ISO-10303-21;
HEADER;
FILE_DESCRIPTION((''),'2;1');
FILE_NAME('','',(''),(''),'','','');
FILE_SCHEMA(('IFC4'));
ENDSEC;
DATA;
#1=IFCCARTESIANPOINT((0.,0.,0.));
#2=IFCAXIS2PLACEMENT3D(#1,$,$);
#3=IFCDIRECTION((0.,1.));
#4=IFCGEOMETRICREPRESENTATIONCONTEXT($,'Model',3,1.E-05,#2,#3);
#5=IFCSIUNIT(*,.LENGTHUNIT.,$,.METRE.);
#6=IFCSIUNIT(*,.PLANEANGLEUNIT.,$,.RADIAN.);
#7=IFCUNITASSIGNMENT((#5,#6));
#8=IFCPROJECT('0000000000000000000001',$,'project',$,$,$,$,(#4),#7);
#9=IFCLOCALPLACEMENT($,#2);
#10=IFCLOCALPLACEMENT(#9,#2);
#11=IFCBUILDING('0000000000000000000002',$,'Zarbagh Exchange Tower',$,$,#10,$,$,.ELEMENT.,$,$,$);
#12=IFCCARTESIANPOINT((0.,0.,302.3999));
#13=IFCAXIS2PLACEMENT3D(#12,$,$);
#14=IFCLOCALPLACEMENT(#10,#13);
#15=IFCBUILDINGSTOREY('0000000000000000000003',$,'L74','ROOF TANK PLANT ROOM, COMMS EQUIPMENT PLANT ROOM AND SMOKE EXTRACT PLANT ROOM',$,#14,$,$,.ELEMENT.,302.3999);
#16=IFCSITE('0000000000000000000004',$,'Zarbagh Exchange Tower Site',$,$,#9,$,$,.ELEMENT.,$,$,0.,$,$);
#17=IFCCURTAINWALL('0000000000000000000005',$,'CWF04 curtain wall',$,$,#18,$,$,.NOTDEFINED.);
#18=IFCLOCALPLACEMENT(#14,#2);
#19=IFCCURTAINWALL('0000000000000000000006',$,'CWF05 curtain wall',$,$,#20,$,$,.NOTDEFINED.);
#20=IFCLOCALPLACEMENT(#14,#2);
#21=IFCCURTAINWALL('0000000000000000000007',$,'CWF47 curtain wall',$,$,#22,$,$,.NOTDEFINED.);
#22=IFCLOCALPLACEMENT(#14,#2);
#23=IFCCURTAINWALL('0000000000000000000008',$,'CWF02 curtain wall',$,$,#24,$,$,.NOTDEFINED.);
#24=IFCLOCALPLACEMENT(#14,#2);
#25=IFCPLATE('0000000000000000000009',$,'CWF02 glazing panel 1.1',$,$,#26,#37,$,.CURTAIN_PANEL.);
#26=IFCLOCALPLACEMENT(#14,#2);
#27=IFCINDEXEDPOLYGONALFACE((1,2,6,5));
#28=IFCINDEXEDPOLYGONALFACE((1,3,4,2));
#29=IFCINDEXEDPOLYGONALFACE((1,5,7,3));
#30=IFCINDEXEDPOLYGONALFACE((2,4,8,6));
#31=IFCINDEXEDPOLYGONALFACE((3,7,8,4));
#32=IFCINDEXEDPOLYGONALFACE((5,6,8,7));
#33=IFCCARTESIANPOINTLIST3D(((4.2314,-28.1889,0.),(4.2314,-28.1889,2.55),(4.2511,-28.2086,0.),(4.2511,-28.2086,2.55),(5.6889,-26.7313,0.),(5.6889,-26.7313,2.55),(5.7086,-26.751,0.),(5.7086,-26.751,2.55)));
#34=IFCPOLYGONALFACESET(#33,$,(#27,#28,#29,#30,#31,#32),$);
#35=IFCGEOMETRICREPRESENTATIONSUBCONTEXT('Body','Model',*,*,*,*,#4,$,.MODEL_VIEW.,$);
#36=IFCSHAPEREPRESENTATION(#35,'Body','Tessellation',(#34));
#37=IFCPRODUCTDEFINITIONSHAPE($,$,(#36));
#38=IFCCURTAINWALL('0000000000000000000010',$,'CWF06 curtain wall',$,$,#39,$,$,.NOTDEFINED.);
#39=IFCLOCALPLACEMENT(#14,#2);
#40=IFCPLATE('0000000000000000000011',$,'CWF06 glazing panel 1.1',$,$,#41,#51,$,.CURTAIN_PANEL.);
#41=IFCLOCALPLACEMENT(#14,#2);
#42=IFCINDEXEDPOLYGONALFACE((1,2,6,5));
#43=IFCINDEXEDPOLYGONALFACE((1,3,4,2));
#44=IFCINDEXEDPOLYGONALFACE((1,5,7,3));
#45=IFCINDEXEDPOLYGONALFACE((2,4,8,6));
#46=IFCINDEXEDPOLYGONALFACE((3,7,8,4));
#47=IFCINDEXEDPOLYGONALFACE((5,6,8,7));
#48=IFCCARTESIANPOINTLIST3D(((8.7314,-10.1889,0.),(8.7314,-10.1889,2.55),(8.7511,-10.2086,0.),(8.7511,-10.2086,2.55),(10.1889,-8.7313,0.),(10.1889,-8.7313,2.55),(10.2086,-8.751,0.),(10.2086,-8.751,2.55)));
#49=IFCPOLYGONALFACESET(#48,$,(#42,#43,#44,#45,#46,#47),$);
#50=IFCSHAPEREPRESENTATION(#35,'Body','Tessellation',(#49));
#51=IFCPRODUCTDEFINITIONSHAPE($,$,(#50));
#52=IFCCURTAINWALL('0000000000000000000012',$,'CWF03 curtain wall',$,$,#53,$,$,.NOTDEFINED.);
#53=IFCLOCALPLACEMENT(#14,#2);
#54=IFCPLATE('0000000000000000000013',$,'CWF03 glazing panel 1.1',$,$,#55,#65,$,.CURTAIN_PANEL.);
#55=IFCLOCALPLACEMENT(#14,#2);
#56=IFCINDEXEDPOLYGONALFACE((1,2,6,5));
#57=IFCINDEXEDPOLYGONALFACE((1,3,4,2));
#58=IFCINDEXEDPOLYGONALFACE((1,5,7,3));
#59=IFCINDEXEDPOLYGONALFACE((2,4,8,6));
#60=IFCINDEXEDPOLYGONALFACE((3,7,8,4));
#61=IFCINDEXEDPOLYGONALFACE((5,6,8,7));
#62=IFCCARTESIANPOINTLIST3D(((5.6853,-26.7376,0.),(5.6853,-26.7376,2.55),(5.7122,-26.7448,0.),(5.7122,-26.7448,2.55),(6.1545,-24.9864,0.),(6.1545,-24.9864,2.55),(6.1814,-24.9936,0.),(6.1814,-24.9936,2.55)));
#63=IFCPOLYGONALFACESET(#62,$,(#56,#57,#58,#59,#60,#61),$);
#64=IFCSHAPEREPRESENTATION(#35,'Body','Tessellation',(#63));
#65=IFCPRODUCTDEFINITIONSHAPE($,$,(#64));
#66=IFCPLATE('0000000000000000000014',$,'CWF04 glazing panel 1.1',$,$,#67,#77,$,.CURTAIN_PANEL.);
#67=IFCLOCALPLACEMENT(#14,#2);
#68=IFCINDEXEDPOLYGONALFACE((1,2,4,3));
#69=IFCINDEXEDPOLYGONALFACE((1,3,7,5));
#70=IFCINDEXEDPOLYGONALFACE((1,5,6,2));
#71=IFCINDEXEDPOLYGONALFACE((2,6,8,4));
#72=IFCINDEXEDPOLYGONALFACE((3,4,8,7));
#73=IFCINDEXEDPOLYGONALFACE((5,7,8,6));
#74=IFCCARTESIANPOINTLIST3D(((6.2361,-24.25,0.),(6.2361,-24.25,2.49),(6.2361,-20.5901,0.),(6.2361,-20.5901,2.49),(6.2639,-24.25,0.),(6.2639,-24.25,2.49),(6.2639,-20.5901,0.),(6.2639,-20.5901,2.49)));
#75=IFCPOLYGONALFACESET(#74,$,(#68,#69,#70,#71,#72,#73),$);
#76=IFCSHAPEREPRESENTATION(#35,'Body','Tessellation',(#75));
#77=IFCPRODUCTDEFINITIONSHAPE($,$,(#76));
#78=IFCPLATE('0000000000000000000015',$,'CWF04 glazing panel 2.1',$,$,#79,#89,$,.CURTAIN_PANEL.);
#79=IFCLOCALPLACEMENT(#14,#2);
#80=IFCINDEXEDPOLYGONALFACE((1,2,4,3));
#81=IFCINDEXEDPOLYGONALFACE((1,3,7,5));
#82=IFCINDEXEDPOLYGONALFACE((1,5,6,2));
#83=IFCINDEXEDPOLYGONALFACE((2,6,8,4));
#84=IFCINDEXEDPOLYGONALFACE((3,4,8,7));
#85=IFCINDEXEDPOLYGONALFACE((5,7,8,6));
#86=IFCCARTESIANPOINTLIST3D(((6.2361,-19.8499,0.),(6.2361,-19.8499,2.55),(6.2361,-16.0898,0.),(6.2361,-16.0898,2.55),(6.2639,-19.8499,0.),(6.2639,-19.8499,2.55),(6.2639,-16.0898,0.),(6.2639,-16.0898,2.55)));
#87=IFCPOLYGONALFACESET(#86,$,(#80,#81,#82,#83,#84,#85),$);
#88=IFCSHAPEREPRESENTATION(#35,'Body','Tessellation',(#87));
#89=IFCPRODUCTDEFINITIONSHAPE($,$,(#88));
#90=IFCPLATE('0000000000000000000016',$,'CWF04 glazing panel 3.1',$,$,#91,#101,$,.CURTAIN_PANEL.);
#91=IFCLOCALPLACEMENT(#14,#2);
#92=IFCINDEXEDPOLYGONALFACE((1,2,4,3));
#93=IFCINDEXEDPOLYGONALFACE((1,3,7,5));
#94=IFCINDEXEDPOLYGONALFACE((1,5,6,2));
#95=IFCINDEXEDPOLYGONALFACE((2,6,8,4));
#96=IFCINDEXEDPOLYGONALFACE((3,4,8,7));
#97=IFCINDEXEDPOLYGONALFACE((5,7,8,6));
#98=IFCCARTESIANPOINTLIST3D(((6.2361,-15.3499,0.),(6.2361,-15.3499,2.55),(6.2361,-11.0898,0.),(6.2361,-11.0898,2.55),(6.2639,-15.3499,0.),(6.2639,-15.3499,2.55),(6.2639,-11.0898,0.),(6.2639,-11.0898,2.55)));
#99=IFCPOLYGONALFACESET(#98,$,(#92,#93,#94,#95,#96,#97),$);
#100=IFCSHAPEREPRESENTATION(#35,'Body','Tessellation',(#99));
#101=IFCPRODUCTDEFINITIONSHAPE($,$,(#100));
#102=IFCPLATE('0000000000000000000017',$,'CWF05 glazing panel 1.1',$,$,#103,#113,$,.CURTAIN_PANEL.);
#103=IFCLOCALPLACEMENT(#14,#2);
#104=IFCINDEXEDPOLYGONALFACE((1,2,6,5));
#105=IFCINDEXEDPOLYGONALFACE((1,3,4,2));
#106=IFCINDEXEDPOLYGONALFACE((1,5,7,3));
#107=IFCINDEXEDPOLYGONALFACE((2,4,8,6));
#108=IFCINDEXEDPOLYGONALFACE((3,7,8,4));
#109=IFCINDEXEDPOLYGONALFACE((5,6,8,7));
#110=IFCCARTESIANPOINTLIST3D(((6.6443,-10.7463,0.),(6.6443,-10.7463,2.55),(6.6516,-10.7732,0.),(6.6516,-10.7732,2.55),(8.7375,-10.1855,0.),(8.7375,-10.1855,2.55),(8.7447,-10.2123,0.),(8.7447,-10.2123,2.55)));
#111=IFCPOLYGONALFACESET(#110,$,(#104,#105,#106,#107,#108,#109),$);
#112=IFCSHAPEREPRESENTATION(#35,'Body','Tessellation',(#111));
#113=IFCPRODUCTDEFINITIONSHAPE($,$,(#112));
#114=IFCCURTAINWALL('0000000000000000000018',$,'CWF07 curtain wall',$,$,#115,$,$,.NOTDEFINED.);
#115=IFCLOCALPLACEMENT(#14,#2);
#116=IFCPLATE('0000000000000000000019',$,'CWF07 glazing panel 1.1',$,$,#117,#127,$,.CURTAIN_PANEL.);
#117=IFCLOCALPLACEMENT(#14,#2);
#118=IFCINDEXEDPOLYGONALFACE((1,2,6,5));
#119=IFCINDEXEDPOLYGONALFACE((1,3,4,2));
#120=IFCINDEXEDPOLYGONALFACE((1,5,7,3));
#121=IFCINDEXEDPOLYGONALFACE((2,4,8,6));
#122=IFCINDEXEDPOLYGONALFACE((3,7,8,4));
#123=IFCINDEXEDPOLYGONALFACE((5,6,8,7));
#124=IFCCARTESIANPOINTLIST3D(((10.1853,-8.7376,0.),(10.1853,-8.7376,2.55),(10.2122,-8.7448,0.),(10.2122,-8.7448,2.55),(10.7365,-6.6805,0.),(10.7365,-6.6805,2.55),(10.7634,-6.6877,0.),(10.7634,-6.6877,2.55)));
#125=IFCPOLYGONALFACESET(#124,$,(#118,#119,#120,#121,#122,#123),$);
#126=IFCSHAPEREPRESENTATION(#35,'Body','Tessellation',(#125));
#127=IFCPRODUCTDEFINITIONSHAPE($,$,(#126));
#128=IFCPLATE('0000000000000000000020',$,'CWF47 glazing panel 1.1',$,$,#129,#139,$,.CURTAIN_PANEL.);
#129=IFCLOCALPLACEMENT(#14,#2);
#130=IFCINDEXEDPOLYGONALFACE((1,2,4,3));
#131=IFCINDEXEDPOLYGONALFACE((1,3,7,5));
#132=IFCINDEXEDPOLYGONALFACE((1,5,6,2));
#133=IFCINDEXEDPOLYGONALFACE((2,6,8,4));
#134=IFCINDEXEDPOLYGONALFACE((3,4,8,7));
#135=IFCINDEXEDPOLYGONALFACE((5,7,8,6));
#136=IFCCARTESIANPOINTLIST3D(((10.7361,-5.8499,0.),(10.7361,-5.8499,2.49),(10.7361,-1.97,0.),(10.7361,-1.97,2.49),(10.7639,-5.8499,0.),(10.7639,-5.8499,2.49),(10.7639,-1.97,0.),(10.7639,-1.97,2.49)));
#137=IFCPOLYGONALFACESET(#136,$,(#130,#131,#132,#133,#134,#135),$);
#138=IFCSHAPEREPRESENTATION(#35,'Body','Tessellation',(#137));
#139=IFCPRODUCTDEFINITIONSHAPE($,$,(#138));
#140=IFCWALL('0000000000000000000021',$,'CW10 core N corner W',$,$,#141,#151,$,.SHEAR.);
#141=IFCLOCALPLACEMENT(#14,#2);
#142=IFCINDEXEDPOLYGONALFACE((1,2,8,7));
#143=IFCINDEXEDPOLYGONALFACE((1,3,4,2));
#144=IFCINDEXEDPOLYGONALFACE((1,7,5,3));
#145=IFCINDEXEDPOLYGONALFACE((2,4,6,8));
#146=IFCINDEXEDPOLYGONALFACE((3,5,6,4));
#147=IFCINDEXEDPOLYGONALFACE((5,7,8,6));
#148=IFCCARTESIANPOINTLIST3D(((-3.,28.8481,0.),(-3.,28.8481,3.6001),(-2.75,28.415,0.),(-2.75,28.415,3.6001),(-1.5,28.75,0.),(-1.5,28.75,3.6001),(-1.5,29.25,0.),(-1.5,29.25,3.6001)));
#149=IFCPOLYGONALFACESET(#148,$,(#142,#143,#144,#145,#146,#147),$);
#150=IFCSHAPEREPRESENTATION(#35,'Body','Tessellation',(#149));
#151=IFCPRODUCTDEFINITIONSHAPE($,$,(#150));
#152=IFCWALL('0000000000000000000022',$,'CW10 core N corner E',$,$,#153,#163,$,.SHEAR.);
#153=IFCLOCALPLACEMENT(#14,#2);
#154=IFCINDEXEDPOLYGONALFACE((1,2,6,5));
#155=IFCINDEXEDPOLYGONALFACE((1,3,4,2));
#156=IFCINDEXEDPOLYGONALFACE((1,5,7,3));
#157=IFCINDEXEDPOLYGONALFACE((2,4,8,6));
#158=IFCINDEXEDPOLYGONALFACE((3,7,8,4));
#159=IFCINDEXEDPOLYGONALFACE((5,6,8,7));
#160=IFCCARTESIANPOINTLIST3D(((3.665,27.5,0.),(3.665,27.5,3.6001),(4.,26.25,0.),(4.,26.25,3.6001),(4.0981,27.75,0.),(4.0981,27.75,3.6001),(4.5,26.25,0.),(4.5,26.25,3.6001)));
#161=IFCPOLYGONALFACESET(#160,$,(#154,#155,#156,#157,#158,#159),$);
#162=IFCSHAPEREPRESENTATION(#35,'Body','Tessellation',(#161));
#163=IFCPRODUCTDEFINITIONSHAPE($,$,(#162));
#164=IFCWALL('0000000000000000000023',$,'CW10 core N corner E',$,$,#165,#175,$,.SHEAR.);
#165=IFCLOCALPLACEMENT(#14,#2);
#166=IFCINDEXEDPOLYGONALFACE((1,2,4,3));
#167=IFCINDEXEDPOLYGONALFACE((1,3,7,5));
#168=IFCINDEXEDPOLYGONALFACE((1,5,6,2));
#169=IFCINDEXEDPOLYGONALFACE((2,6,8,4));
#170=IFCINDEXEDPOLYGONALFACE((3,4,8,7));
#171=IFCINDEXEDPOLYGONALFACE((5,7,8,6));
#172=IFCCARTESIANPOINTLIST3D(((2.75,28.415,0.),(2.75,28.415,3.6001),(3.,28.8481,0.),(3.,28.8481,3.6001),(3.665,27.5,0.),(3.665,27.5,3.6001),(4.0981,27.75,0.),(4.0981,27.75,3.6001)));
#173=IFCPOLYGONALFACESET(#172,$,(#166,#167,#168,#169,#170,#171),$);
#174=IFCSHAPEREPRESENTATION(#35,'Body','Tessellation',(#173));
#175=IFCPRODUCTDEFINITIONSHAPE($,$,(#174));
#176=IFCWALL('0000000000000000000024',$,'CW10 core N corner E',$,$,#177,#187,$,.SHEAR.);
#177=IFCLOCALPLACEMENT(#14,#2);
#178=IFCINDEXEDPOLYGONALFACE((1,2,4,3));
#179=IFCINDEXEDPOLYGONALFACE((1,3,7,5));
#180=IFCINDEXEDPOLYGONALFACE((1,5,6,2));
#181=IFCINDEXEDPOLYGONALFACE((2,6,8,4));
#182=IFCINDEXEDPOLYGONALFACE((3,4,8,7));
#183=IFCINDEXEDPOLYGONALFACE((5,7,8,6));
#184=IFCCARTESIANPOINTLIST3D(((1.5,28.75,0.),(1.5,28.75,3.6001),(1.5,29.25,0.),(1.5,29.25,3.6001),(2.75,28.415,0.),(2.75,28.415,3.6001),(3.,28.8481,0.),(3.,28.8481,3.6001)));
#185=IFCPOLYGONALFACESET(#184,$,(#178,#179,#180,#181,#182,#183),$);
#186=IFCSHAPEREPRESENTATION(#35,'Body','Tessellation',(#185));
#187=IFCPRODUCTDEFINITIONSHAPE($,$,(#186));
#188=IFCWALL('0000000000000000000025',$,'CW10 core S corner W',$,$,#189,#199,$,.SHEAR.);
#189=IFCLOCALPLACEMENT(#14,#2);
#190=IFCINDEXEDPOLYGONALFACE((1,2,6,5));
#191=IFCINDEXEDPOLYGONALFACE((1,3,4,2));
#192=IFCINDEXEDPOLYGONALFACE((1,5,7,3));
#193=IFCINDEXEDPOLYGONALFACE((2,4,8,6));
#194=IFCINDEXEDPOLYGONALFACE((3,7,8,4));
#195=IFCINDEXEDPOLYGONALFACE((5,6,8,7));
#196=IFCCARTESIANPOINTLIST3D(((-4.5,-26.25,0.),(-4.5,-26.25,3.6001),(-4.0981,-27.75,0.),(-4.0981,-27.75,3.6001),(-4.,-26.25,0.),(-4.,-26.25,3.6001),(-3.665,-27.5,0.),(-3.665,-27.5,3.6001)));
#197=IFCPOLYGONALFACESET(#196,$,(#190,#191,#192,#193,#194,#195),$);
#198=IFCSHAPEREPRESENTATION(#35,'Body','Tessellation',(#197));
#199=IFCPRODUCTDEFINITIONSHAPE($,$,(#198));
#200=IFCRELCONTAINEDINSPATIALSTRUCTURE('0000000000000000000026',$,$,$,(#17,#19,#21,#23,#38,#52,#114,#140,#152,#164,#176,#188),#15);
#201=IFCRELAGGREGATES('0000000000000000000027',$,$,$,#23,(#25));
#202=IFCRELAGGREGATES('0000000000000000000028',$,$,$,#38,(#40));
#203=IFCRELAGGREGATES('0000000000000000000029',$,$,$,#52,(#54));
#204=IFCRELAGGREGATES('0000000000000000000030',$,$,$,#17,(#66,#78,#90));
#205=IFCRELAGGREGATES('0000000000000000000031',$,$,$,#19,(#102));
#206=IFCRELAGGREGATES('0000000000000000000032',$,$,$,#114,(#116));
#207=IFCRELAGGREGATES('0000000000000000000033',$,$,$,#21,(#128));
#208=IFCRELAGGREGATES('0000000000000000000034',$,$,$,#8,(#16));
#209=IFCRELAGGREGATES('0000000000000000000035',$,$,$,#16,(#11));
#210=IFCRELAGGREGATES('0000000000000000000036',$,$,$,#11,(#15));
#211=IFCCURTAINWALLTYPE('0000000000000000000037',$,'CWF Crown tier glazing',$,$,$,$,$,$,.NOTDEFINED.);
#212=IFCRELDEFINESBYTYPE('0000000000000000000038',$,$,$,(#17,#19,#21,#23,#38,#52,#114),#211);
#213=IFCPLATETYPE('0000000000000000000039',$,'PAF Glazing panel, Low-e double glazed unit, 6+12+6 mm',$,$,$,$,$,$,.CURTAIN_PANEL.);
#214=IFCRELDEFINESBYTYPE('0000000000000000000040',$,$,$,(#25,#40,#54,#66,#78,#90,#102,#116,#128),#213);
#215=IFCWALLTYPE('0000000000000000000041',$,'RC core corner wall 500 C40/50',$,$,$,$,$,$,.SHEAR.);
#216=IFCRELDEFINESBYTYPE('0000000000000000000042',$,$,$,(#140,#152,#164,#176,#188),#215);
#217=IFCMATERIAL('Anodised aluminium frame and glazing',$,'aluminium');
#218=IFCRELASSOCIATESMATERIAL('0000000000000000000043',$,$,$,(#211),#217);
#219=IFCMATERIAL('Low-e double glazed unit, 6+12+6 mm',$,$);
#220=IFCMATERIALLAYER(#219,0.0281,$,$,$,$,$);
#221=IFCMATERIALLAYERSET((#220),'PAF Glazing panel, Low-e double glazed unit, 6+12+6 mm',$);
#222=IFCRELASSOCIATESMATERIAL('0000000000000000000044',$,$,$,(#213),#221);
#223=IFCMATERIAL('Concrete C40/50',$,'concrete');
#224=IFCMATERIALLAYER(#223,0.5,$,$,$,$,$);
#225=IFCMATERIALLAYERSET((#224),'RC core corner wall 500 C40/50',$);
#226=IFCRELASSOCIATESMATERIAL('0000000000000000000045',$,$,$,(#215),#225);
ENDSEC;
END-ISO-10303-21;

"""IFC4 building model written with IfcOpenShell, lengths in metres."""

from ifc_helpers import new_model, si_unit, direction, frame, origin, place, context, subcontext, project, spatial, polyline, outline, extrude, source, transform, mapped, material, layer, layer_set, type_object, element, aggregate, save


model = new_model("IFC4")

# Units and contexts
model_context = context("Model", 3, precision=1e-05, world=origin(), true_north=direction((0.0, 1.0)))
body_context = subcontext(model_context, "Body", "Model", "MODEL_VIEW")
ifc_project = project(units=[si_unit("LENGTHUNIT", "METRE"), si_unit("PLANEANGLEUNIT", "RADIAN")], contexts=[model_context])

# Site, building, storey
site_placement = place(None, origin())
site = spatial("IfcSite", under=ifc_project, at=site_placement, Name="Zarbagh Exchange Tower Site", CompositionType="ELEMENT", RefElevation=0.0)
building_placement = place(site_placement, origin())
building = spatial("IfcBuilding", under=site, at=building_placement, Name="Zarbagh Exchange Tower", CompositionType="ELEMENT")
storey_placement = place(building_placement, frame((0.0, 0.0, 302.3999)))
storey = spatial("IfcBuildingStorey", under=building, at=storey_placement, Name="L74", Description="ROOF TANK PLANT ROOM, COMMS EQUIPMENT PLANT ROOM AND SMOKE EXTRACT PLANT ROOM", CompositionType="ELEMENT", Elevation=302.3999)

# Curtain wall
ifc_material_1 = material(Name="Anodised aluminium frame and glazing", Category="aluminium")
curtain_wall_type = type_object("IfcCurtainWallType", Name="CWF Crown tier glazing", PredefinedType="NOTDEFINED", material=ifc_material_1)
curtain_wall_1_placement = place(storey_placement, origin())
curtain_wall_1 = element("IfcCurtainWall", 1, at=curtain_wall_1_placement, inside=storey, type_object=curtain_wall_type, Name="CWF04 curtain wall", PredefinedType="NOTDEFINED")
placement = place(storey_placement, origin())

# Curtain wall
curtain_wall_2_placement = place(storey_placement, origin())
curtain_wall_2 = element("IfcCurtainWall", 2, at=curtain_wall_2_placement, inside=storey, type_object=curtain_wall_type, Name="CWF05 curtain wall", PredefinedType="NOTDEFINED")

# Curtain wall
curtain_wall_3_placement = place(storey_placement, origin())
curtain_wall_3 = element("IfcCurtainWall", 3, at=curtain_wall_3_placement, inside=storey, type_object=curtain_wall_type, Name="CWF47 curtain wall", PredefinedType="NOTDEFINED")

# Shared definitions
ifc_material_2 = material(Name="Concrete C40/50", Category="concrete")

# Shared definitions
ifc_material_3 = material(Name="Low-e double glazed unit, 6+12+6 mm")
ifc_layer_1 = layer(ifc_material_3, 0.0281)
ifc_layer_set_1 = layer_set([ifc_layer_1], Name="PAF Glazing panel, Low-e double glazed unit, 6+12+6 mm")
plate_type = type_object("IfcPlateType", Name="PAF Glazing panel, Low-e double glazed unit, 6+12+6 mm", PredefinedType="CURTAIN_PANEL", material=ifc_layer_set_1)

# Curtain walls, plates
curtain_wall_4_placement = place(storey_placement, origin())
curtain_wall_4 = element("IfcCurtainWall", 4, at=curtain_wall_4_placement, inside=storey, type_object=curtain_wall_type, Name="CWF02 curtain wall", PredefinedType="NOTDEFINED")
shared_shape_1 = source(origin(), body_context, "Body", "SweptSolid", [
    extrude(outline(polyline([(0.0, -0.0139), (2.0613, -0.0139), (2.0613, 0.0139), (0.0, 0.0139), (0.0, -0.0139)])), origin(), (0.0, 0.0, 1.0), 2.55),
])
plate_1 = element("IfcPlate", 5, at=placement, type_object=plate_type, Name="CWF02 glazing panel 1.1", PredefinedType="CURTAIN_PANEL", context=body_context, shape_type="MappedRepresentation", body=[
    mapped(shared_shape_1, transform((4.2412, -28.1987, 0.0), x_axis=(0.707107, 0.707107, 0.0), y_axis=(-0.707107, 0.707107, 0.0), z_axis=(0.0, 0.0, 1.0))),
])
aggregate(curtain_wall_4, [plate_1])
curtain_wall_5_placement = place(storey_placement, origin())
curtain_wall_5 = element("IfcCurtainWall", 6, at=curtain_wall_5_placement, inside=storey, type_object=curtain_wall_type, Name="CWF06 curtain wall", PredefinedType="NOTDEFINED")
plate_2 = element("IfcPlate", 7, at=placement, type_object=plate_type, Name="CWF06 glazing panel 1.1", PredefinedType="CURTAIN_PANEL", context=body_context, shape_type="MappedRepresentation", body=[
    mapped(shared_shape_1, transform((8.7412, -10.1987, 0.0), x_axis=(0.707107, 0.707107, 0.0), y_axis=(-0.707107, 0.707107, 0.0), z_axis=(0.0, 0.0, 1.0))),
])
aggregate(curtain_wall_5, [plate_2])
curtain_wall_6_placement = place(storey_placement, origin())
curtain_wall_6 = element("IfcCurtainWall", 8, at=curtain_wall_6_placement, inside=storey, type_object=curtain_wall_type, Name="CWF03 curtain wall", PredefinedType="NOTDEFINED")
shared_shape_2 = source(origin(), body_context, "Body", "SweptSolid", [
    extrude(outline(polyline([(0.0, -0.0139), (1.813, -0.0139), (1.813, 0.0139), (0.0, 0.0139), (0.0, -0.0139)])), origin(), (0.0, 0.0, 1.0), 2.55),
])
plate_3 = element("IfcPlate", 9, at=placement, type_object=plate_type, Name="CWF03 glazing panel 1.1", PredefinedType="CURTAIN_PANEL", context=body_context, shape_type="MappedRepresentation", body=[
    mapped(shared_shape_2, transform((5.6987, -26.7412, 0.0), x_axis=(0.258825, 0.965924, 0.0), y_axis=(-0.965924, 0.258825, 0.0), z_axis=(0.0, 0.0, 1.0))),
])
aggregate(curtain_wall_6, [plate_3])

# Plates
shared_shape_3 = source(origin(), body_context, "Body", "SweptSolid", [
    extrude(outline(polyline([(0.0, -0.0139), (3.6599, -0.0139), (3.6599, 0.0139), (0.0, 0.0139), (0.0, -0.0139)])), origin(), (0.0, 0.0, 1.0), 2.49),
])
plate_4 = element("IfcPlate", 10, at=placement, type_object=plate_type, Name="CWF04 glazing panel 1.1", PredefinedType="CURTAIN_PANEL", context=body_context, shape_type="MappedRepresentation", body=[
    mapped(shared_shape_3, transform((6.25, -24.25, 0.0), x_axis=(0.0, 1.0, 0.0), y_axis=(-1.0, 0.0, 0.0), z_axis=(0.0, 0.0, 1.0))),
])
shared_shape_4 = source(origin(), body_context, "Body", "SweptSolid", [
    extrude(outline(polyline([(0.0, -0.0139), (3.76, -0.0139), (3.76, 0.0139), (0.0, 0.0139), (0.0, -0.0139)])), origin(), (0.0, 0.0, 1.0), 2.55),
])
plate_5 = element("IfcPlate", 11, at=placement, type_object=plate_type, Name="CWF04 glazing panel 2.1", PredefinedType="CURTAIN_PANEL", context=body_context, shape_type="MappedRepresentation", body=[
    mapped(shared_shape_4, transform((6.25, -19.8499, 0.0), x_axis=(0.0, 1.0, 0.0), y_axis=(-1.0, 0.0, 0.0), z_axis=(0.0, 0.0, 1.0))),
])
shared_shape_5 = source(origin(), body_context, "Body", "SweptSolid", [
    extrude(outline(polyline([(0.0, -0.0139), (4.26, -0.0139), (4.26, 0.0139), (0.0, 0.0139), (0.0, -0.0139)])), origin(), (0.0, 0.0, 1.0), 2.55),
])
plate_6 = element("IfcPlate", 12, at=placement, type_object=plate_type, Name="CWF04 glazing panel 3.1", PredefinedType="CURTAIN_PANEL", context=body_context, shape_type="MappedRepresentation", body=[
    mapped(shared_shape_5, transform((6.25, -15.3499, 0.0), x_axis=(0.0, 1.0, 0.0), y_axis=(-1.0, 0.0, 0.0), z_axis=(0.0, 0.0, 1.0))),
])
aggregate(curtain_wall_1, [plate_4, plate_5, plate_6])
shared_shape_6 = source(origin(), body_context, "Body", "SweptSolid", [
    extrude(outline(polyline([(0.0, -0.0139), (2.167, -0.0139), (2.167, 0.0139), (0.0, 0.0139), (0.0, -0.0139)])), origin(), (0.0, 0.0, 1.0), 2.55),
])
plate_7 = element("IfcPlate", 13, at=placement, type_object=plate_type, Name="CWF05 glazing panel 1.1", PredefinedType="CURTAIN_PANEL", context=body_context, shape_type="MappedRepresentation", body=[
    mapped(shared_shape_6, transform((6.6479, -10.7598, 0.0), x_axis=(0.965924, 0.258825, 0.0), y_axis=(-0.258825, 0.965924, 0.0), z_axis=(0.0, 0.0, 1.0))),
])
aggregate(curtain_wall_2, [plate_7])

# Curtain wall, plate
curtain_wall_7_placement = place(storey_placement, origin())
curtain_wall_7 = element("IfcCurtainWall", 14, at=curtain_wall_7_placement, inside=storey, type_object=curtain_wall_type, Name="CWF07 curtain wall", PredefinedType="NOTDEFINED")
shared_shape_7 = source(origin(), body_context, "Body", "SweptSolid", [
    extrude(outline(polyline([(0.0, -0.0139), (2.1296, -0.0139), (2.1296, 0.0139), (0.0, 0.0139), (0.0, -0.0139)])), origin(), (0.0, 0.0, 1.0), 2.55),
])
plate_8 = element("IfcPlate", 15, at=placement, type_object=plate_type, Name="CWF07 glazing panel 1.1", PredefinedType="CURTAIN_PANEL", context=body_context, shape_type="MappedRepresentation", body=[
    mapped(shared_shape_7, transform((10.1987, -8.7412, 0.0), x_axis=(0.258825, 0.965924, 0.0), y_axis=(-0.965924, 0.258825, 0.0), z_axis=(0.0, 0.0, 1.0))),
])
aggregate(curtain_wall_7, [plate_8])

# Plate
shared_shape_8 = source(origin(), body_context, "Body", "SweptSolid", [
    extrude(outline(polyline([(0.0, -0.0139), (3.8799, -0.0139), (3.8799, 0.0139), (0.0, 0.0139), (0.0, -0.0139)])), origin(), (0.0, 0.0, 1.0), 2.49),
])
plate_9 = element("IfcPlate", 16, at=placement, type_object=plate_type, Name="CWF47 glazing panel 1.1", PredefinedType="CURTAIN_PANEL", context=body_context, shape_type="MappedRepresentation", body=[
    mapped(shared_shape_8, transform((10.75, -5.8499, 0.0), x_axis=(0.0, 1.0, 0.0), y_axis=(-1.0, 0.0, 0.0), z_axis=(0.0, 0.0, 1.0))),
])
aggregate(curtain_wall_3, [plate_9])

# Walls
ifc_layer_2 = layer(ifc_material_2, 0.5)
ifc_layer_set_2 = layer_set([ifc_layer_2], Name="RC core corner wall 500 C40/50")
wall_type = type_object("IfcWallType", Name="RC core corner wall 500 C40/50", PredefinedType="SHEAR", material=ifc_layer_set_2)
wall_1_placement = place(storey_placement, origin())
element("IfcWall", 17, at=wall_1_placement, inside=storey, type_object=wall_type, Name="CW10 core N corner W", PredefinedType="SHEAR", context=body_context, shape_type="SweptSolid", body=[
    extrude(outline(polyline([(-3.0, 28.8481), (-1.5, 29.25), (-1.5, 28.75), (-2.75, 28.415), (-3.0, 28.8481)])), origin(), (0.0, 0.0, 1.0), 3.6001),
])
wall_2_placement = place(storey_placement, origin())
element("IfcWall", 18, at=wall_2_placement, inside=storey, type_object=wall_type, Name="CW10 core N corner E", PredefinedType="SHEAR", context=body_context, shape_type="SweptSolid", body=[
    extrude(outline(polyline([(4.5, 26.25), (4.0981, 27.75), (3.665, 27.5), (4.0, 26.25), (4.5, 26.25)])), origin(), (0.0, 0.0, 1.0), 3.6001),
])
wall_3_placement = place(storey_placement, origin())
element("IfcWall", 19, at=wall_3_placement, inside=storey, type_object=wall_type, Name="CW10 core N corner E", PredefinedType="SHEAR", context=body_context, shape_type="SweptSolid", body=[
    extrude(outline(polyline([(4.0981, 27.75), (3.0, 28.8481), (2.75, 28.415), (3.665, 27.5), (4.0981, 27.75)])), origin(), (0.0, 0.0, 1.0), 3.6001),
])
wall_4_placement = place(storey_placement, origin())
element("IfcWall", 20, at=wall_4_placement, inside=storey, type_object=wall_type, Name="CW10 core N corner E", PredefinedType="SHEAR", context=body_context, shape_type="SweptSolid", body=[
    extrude(outline(polyline([(3.0, 28.8481), (1.5, 29.25), (1.5, 28.75), (2.75, 28.415), (3.0, 28.8481)])), origin(), (0.0, 0.0, 1.0), 3.6001),
])
wall_5_placement = place(storey_placement, origin())
element("IfcWall", 21, at=wall_5_placement, inside=storey, type_object=wall_type, Name="CW10 core S corner W", PredefinedType="SHEAR", context=body_context, shape_type="SweptSolid", body=[
    extrude(outline(polyline([(-4.5, -26.25), (-4.0981, -27.75), (-3.665, -27.5), (-4.0, -26.25), (-4.5, -26.25)])), origin(), (0.0, 0.0, 1.0), 3.6001),
])

save(model, "model.ifc")
